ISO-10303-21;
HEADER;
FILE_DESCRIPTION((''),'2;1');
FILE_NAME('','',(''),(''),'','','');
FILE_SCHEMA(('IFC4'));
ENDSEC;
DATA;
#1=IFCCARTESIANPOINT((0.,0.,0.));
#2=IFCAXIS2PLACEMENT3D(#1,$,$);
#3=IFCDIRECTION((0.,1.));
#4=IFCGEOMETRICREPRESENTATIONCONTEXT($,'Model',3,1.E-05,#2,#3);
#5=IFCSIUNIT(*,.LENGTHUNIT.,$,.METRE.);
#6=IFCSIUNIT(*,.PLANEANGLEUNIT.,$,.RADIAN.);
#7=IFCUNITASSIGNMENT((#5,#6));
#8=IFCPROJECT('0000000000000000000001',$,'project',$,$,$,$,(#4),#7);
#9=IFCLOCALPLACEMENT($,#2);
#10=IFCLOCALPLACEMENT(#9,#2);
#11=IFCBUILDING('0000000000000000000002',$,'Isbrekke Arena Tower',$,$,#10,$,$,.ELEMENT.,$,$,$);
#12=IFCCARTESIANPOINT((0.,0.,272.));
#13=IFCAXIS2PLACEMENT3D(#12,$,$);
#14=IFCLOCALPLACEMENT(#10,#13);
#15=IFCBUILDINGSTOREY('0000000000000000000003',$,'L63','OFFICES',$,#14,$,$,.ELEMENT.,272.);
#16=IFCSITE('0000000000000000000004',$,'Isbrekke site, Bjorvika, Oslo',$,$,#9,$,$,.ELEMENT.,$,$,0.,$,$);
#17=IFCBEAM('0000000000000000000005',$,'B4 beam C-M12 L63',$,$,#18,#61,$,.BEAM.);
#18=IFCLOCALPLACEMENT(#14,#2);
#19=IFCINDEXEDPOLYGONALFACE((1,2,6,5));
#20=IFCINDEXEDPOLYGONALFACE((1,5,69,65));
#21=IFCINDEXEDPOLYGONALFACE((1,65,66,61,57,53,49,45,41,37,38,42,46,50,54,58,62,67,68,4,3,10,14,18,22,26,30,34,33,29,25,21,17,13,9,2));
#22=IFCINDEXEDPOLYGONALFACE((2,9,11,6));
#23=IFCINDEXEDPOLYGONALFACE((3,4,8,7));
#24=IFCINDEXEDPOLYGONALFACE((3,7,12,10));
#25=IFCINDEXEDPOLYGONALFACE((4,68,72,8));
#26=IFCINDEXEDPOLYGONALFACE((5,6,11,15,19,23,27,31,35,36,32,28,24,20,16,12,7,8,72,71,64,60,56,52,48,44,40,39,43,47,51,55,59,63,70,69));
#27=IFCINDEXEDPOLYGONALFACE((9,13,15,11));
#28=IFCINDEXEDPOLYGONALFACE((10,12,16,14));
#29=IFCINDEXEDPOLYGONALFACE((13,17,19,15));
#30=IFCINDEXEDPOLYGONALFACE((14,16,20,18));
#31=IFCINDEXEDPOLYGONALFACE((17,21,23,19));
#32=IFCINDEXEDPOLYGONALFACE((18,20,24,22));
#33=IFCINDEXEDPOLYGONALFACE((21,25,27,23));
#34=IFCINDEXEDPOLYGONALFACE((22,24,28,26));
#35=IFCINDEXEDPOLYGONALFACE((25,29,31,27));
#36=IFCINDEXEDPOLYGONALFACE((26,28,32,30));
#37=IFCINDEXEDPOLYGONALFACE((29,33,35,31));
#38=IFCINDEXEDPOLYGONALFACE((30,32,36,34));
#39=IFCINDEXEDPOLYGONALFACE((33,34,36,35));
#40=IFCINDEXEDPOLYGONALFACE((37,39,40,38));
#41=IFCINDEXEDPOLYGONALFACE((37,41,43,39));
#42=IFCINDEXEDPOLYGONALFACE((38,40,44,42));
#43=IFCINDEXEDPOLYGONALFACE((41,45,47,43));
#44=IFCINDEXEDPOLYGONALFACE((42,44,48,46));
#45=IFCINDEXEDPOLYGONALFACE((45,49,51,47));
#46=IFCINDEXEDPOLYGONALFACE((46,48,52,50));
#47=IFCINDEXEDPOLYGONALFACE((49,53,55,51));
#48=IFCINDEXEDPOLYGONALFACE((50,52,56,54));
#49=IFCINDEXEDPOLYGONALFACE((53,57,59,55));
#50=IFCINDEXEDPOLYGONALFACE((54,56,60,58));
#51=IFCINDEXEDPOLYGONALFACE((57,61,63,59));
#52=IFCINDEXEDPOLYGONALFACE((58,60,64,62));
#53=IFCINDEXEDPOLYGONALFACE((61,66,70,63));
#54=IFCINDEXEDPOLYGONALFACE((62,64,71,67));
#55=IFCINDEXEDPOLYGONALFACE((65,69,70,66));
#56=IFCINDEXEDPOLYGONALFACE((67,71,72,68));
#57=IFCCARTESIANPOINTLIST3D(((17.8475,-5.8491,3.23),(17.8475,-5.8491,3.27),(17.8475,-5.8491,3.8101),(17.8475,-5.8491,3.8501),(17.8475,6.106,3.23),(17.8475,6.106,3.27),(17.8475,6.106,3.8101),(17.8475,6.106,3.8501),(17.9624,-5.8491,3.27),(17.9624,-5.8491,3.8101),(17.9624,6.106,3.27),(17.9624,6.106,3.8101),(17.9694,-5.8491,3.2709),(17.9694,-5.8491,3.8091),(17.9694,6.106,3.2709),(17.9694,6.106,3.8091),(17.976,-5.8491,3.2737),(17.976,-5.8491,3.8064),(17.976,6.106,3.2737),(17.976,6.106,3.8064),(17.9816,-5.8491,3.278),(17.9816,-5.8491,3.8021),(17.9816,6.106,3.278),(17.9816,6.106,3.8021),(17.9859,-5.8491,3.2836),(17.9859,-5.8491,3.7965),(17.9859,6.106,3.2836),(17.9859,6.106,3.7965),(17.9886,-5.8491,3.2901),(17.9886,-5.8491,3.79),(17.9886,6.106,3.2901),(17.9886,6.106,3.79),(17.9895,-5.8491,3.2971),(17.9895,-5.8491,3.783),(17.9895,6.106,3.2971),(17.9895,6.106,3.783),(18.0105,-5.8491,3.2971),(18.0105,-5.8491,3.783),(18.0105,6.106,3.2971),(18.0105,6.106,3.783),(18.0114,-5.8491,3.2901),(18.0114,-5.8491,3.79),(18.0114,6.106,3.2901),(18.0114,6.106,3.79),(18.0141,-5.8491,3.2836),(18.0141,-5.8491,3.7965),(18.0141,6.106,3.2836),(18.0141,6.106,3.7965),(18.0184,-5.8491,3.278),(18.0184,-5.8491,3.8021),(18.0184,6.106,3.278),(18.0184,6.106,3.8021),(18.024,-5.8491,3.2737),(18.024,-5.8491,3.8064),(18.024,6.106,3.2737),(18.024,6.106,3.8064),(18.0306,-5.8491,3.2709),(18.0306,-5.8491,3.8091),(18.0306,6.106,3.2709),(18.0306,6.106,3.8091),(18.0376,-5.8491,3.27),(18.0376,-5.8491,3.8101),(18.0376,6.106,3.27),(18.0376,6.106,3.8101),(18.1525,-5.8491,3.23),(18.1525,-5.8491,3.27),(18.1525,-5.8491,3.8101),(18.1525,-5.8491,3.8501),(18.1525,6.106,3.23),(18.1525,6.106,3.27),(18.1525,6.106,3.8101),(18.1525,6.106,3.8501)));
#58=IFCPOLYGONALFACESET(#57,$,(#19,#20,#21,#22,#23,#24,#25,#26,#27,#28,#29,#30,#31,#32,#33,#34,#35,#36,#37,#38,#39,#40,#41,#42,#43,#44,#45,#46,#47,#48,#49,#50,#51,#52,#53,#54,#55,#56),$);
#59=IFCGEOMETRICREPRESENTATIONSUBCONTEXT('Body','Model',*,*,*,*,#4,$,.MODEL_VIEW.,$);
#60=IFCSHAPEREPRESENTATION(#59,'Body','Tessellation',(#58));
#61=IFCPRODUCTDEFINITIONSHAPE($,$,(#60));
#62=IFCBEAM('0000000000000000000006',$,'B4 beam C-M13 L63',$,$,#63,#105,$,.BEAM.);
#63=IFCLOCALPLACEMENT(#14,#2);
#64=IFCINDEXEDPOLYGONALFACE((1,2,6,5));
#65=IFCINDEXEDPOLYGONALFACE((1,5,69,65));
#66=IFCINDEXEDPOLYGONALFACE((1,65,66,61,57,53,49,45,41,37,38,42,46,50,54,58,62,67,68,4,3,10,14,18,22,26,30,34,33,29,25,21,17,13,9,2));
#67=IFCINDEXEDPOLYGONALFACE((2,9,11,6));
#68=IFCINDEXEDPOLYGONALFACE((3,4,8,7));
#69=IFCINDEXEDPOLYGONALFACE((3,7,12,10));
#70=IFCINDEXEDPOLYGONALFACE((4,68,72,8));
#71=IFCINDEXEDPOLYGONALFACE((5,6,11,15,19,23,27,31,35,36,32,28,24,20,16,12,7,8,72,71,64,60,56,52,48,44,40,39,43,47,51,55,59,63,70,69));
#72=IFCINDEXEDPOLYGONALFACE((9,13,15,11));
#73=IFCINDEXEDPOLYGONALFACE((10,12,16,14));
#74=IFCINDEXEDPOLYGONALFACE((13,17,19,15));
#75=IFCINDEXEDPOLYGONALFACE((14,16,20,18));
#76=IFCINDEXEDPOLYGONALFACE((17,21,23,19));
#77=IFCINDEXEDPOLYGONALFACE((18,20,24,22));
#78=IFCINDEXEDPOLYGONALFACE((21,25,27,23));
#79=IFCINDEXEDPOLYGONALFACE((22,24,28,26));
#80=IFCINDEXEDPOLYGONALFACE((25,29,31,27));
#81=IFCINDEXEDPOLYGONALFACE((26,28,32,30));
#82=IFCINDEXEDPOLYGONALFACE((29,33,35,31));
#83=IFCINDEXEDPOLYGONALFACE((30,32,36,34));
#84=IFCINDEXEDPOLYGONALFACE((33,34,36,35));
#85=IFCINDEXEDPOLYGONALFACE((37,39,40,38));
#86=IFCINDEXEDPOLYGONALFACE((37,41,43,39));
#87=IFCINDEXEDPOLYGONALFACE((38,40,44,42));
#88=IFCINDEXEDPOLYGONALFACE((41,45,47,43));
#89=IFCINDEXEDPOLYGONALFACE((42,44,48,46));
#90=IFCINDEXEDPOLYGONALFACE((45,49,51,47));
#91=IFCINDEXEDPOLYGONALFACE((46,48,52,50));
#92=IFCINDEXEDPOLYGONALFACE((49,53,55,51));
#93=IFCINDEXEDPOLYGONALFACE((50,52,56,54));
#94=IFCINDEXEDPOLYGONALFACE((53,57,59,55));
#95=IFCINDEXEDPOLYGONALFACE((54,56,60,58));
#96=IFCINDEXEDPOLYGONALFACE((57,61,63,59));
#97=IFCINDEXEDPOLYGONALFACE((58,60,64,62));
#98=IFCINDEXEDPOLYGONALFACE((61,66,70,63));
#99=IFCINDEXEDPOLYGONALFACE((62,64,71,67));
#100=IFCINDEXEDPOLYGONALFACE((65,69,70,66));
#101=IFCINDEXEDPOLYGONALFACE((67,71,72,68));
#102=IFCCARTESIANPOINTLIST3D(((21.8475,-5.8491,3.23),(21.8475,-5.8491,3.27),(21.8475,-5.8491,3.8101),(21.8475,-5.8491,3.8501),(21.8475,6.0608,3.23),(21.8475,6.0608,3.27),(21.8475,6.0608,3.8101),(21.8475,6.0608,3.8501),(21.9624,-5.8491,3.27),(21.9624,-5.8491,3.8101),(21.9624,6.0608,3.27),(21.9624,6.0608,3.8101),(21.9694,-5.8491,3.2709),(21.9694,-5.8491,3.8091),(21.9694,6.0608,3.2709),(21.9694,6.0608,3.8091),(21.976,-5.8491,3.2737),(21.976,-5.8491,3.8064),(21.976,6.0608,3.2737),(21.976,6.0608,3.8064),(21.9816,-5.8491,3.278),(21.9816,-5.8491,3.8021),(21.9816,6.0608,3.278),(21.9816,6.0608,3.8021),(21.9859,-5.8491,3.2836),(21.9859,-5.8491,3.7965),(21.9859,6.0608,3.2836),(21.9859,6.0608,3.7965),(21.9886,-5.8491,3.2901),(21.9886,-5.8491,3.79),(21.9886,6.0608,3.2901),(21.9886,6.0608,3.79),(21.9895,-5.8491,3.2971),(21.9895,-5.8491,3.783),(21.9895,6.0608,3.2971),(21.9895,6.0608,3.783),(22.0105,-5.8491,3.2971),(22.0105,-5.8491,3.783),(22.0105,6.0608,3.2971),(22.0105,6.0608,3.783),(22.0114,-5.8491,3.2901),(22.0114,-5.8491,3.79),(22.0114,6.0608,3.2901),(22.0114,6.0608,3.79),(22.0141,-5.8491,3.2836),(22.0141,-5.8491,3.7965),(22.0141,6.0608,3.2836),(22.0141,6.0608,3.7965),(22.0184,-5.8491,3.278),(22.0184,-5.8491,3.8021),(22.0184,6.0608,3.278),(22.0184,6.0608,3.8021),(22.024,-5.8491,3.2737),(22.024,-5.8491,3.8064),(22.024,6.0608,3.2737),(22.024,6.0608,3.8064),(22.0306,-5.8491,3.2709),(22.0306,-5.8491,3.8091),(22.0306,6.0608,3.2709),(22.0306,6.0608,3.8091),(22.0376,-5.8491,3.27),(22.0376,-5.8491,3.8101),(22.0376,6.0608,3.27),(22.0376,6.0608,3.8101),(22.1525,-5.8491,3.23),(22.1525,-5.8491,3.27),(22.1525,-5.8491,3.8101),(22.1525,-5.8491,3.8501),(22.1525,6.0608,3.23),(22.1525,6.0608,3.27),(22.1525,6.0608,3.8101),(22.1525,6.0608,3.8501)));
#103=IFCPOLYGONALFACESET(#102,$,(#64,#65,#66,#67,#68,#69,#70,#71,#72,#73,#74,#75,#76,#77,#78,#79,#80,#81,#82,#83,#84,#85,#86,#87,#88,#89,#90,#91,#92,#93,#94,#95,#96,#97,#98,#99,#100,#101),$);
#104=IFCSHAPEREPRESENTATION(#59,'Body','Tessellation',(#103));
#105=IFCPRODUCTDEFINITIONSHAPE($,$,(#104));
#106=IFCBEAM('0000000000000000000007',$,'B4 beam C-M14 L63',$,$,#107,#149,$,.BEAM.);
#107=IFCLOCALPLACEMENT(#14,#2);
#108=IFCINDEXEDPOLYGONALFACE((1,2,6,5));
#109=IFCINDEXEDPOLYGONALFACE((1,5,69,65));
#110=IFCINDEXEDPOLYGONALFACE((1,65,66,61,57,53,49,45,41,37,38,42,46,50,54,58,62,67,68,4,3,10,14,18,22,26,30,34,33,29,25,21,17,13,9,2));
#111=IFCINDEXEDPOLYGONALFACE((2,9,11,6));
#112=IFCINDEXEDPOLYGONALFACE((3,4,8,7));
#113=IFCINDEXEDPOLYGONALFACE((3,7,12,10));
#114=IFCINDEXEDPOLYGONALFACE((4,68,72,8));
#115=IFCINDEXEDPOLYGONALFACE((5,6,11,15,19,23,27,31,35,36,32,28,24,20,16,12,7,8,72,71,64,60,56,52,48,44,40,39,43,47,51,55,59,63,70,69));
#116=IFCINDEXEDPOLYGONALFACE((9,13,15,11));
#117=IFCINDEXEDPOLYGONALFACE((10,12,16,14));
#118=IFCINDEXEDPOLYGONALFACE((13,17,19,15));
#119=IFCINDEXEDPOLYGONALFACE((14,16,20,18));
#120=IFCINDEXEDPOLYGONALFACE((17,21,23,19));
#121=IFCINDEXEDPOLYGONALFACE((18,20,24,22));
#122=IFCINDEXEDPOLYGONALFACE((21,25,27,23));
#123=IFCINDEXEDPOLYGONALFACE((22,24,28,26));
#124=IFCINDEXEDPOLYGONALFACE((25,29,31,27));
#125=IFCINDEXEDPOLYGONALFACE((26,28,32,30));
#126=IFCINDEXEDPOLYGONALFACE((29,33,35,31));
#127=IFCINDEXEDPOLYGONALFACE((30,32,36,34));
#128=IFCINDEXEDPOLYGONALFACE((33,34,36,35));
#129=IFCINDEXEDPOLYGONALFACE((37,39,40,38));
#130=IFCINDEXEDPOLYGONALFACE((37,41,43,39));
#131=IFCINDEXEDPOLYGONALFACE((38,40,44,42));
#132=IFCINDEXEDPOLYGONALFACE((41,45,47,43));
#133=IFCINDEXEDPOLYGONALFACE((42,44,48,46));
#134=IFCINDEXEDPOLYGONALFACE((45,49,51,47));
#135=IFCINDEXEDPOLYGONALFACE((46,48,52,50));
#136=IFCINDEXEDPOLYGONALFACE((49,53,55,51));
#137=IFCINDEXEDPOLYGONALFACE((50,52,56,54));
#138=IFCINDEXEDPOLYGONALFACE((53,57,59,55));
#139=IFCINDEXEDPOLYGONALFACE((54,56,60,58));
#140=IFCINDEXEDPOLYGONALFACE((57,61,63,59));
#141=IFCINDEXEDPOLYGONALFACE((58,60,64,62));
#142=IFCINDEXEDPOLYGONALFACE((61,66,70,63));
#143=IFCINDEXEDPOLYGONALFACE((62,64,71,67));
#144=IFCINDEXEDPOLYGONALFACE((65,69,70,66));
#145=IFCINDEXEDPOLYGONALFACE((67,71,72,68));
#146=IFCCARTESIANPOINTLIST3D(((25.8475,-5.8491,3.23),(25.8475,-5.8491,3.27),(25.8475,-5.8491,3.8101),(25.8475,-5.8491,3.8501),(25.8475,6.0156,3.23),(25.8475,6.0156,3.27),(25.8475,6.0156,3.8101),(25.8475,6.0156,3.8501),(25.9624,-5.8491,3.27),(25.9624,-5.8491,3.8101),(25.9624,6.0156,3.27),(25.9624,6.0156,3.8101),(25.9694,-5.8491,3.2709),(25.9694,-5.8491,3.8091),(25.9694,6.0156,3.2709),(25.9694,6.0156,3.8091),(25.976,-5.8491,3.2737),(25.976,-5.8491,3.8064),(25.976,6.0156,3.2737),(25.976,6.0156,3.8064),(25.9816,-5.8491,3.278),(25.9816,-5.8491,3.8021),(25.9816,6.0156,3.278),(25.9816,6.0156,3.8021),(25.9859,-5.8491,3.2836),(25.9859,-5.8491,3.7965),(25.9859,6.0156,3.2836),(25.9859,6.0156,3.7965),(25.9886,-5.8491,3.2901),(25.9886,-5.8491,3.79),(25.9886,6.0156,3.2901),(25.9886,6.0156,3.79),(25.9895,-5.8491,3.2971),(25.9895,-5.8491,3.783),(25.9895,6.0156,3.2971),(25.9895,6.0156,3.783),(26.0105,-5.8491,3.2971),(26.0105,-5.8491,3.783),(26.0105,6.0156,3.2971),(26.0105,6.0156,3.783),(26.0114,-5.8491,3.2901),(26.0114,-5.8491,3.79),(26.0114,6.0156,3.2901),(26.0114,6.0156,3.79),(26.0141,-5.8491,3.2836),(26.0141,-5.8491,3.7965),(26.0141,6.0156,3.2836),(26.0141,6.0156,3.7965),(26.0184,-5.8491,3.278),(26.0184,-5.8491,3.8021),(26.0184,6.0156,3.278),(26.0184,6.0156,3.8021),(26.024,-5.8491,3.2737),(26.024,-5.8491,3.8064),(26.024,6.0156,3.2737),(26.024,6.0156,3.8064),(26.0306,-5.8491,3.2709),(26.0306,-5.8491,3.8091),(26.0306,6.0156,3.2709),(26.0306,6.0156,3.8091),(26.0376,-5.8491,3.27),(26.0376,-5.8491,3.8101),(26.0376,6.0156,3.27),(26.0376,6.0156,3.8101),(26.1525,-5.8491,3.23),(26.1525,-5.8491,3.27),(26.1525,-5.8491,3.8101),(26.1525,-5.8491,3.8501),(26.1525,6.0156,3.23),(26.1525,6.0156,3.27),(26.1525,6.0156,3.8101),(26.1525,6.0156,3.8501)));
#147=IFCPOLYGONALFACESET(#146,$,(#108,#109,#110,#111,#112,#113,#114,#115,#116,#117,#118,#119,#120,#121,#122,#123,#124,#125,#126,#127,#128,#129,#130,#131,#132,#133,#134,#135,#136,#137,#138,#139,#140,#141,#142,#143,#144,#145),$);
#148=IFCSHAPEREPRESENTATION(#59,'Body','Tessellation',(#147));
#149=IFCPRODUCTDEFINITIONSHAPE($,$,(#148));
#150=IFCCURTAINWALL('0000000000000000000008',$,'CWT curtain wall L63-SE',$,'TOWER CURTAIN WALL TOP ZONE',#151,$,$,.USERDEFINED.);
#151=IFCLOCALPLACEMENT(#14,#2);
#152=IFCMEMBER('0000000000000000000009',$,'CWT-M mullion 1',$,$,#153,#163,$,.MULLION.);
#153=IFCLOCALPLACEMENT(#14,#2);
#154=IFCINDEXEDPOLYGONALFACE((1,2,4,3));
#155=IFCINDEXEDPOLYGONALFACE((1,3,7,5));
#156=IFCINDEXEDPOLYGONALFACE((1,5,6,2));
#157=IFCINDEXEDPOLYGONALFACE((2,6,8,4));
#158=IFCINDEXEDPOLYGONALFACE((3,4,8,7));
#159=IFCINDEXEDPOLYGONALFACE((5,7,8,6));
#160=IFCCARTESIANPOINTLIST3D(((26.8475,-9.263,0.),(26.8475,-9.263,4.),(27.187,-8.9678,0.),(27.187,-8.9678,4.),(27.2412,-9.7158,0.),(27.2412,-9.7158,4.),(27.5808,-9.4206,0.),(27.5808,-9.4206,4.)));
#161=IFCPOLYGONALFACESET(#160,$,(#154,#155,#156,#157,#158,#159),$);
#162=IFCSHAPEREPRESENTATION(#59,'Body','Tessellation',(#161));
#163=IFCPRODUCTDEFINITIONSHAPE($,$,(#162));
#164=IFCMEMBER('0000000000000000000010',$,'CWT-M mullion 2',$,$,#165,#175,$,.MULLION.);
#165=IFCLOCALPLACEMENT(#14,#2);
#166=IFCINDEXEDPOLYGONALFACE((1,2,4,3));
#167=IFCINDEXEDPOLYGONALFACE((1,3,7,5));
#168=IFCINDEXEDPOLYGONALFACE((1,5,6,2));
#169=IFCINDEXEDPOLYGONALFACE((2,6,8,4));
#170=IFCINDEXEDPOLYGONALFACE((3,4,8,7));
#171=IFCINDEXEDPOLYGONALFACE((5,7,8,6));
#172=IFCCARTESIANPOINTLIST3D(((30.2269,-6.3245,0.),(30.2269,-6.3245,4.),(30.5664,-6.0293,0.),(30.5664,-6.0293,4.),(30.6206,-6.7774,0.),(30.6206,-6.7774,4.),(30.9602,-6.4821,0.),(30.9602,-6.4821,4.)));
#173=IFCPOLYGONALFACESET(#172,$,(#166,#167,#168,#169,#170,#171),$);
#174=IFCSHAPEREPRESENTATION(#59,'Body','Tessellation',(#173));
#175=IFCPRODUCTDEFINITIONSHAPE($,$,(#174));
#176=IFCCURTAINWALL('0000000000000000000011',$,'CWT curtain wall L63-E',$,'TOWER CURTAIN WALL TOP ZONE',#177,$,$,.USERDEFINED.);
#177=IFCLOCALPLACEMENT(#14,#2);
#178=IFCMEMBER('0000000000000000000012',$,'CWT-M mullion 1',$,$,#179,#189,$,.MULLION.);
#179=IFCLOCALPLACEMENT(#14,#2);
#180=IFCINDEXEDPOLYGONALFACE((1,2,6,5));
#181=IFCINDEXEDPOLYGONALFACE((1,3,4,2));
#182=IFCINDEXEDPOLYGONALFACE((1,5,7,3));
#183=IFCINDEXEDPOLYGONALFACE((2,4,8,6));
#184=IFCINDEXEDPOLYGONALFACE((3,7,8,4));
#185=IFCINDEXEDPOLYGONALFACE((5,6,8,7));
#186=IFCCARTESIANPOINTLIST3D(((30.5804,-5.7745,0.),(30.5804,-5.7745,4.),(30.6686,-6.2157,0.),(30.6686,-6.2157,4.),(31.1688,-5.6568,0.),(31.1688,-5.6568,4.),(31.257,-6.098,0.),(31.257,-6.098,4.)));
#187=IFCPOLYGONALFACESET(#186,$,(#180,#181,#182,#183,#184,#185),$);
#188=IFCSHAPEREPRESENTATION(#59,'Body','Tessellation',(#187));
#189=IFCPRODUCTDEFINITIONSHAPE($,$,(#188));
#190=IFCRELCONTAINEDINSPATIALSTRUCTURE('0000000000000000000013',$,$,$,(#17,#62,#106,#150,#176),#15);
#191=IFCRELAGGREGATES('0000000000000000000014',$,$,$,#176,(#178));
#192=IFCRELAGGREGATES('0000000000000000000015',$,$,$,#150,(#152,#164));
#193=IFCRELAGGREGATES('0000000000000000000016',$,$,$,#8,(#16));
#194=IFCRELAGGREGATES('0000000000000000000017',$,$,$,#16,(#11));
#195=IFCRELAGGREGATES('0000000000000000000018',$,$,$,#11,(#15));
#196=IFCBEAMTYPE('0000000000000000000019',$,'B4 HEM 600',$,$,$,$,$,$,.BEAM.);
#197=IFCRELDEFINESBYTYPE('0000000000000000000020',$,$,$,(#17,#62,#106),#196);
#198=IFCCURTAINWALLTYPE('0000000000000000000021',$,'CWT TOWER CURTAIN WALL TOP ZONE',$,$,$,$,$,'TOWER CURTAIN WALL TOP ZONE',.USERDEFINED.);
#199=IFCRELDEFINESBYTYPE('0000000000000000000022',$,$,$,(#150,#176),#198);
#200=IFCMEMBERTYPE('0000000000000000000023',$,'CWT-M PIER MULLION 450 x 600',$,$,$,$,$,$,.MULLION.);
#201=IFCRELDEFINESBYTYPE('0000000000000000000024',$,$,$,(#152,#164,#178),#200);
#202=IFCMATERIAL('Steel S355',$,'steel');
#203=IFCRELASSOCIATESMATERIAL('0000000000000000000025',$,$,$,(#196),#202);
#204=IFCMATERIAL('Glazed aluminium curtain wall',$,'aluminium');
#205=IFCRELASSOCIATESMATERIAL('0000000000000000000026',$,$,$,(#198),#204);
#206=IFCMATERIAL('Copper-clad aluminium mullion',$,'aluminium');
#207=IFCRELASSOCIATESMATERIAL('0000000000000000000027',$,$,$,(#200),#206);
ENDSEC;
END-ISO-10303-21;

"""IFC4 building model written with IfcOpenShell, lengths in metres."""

from ifc_helpers import new_model, si_unit, direction, frame, origin, origin_2d, place, context, subcontext, project, spatial, rectangle, i_section, extrude, material, material_profile, profile_set, type_object, element, aggregate, save


model = new_model("IFC4")

# Units and contexts
model_context = context("Model", 3, precision=1e-05, world=origin(), true_north=direction((0.0, 1.0)))
body_context = subcontext(model_context, "Body", "Model", "MODEL_VIEW")
ifc_project = project(units=[si_unit("LENGTHUNIT", "METRE"), si_unit("PLANEANGLEUNIT", "RADIAN")], contexts=[model_context])

# Site, building, storey
site_placement = place(None, origin())
site = spatial("IfcSite", under=ifc_project, at=site_placement, Name="Isbrekke site, Bjorvika, Oslo", CompositionType="ELEMENT", RefElevation=0.0)
building_placement = place(site_placement, origin())
building = spatial("IfcBuilding", under=site, at=building_placement, Name="Isbrekke Arena Tower", CompositionType="ELEMENT")
storey_placement = place(building_placement, frame((0.0, 0.0, 272.0)))
storey = spatial("IfcBuildingStorey", under=building, at=storey_placement, Name="L63", Description="OFFICES", CompositionType="ELEMENT", Elevation=272.0)

# Beams
ifc_material_1 = material(Name="Steel S355", Category="steel")
ifc_material_profile_1 = material_profile(ifc_material_1, i_section(OverallWidth=0.3049, OverallDepth=0.6201, WebThickness=0.021, FlangeThickness=0.04, FilletRadius=0.0271, at=origin_2d()), Name="HEM 600")
ifc_profile_set_1 = profile_set([ifc_material_profile_1], Name="Steel S355")
beam_type_1 = type_object("IfcBeamType", Name="B4 HEM 600", PredefinedType="BEAM", material=ifc_profile_set_1)
beam_1_placement = place(storey_placement, frame((18.0, -5.8491, 3.54), z_axis=(0.0, 1.0, 0.0), x_axis=(-1.0, 0.0, 0.0)))
element("IfcBeam", 1, at=beam_1_placement, inside=storey, type_object=beam_type_1, Name="B4 beam C-M12 L63", PredefinedType="BEAM", context=body_context, shape_type="SweptSolid", body=[
    extrude(i_section(OverallWidth=0.3049, OverallDepth=0.6201, WebThickness=0.021, FlangeThickness=0.04, FilletRadius=0.0271, at=origin_2d()), origin(), (0.0, 0.0, 1.0), 11.9551),
])
beam_2_placement = place(storey_placement, frame((22.0, -5.8491, 3.54), z_axis=(0.0, 1.0, 0.0), x_axis=(-1.0, 0.0, 0.0)))
element("IfcBeam", 2, at=beam_2_placement, inside=storey, type_object=beam_type_1, Name="B4 beam C-M13 L63", PredefinedType="BEAM", context=body_context, shape_type="SweptSolid", body=[
    extrude(i_section(OverallWidth=0.3049, OverallDepth=0.6201, WebThickness=0.021, FlangeThickness=0.04, FilletRadius=0.0271, at=origin_2d()), origin(), (0.0, 0.0, 1.0), 11.9099),
])
beam_3_placement = place(storey_placement, frame((26.0, -5.8491, 3.54), z_axis=(0.0, 1.0, 0.0), x_axis=(-1.0, 0.0, 0.0)))
element("IfcBeam", 3, at=beam_3_placement, inside=storey, type_object=beam_type_1, Name="B4 beam C-M14 L63", PredefinedType="BEAM", context=body_context, shape_type="SweptSolid", body=[
    extrude(i_section(OverallWidth=0.3049, OverallDepth=0.6201, WebThickness=0.021, FlangeThickness=0.04, FilletRadius=0.0271, at=origin_2d()), origin(), (0.0, 0.0, 1.0), 11.8647),
])

# Curtain wall, members
ifc_material_2 = material(Name="Glazed aluminium curtain wall", Category="aluminium")
curtain_wall_type = type_object("IfcCurtainWallType", Name="CWT TOWER CURTAIN WALL TOP ZONE", ElementType="TOWER CURTAIN WALL TOP ZONE", PredefinedType="USERDEFINED", material=ifc_material_2)
curtain_wall_1_placement = place(storey_placement, origin())
curtain_wall_1 = element("IfcCurtainWall", 4, at=curtain_wall_1_placement, inside=storey, type_object=curtain_wall_type, Name="CWT curtain wall L63-SE", ObjectType="TOWER CURTAIN WALL TOP ZONE", PredefinedType="USERDEFINED")
ifc_material_3 = material(Name="Copper-clad aluminium mullion", Category="aluminium")
ifc_material_profile_2 = material_profile(ifc_material_3, rectangle(XDim=0.45, YDim=0.6001, at=origin_2d()), Name="PIER 450X600")
ifc_profile_set_2 = profile_set([ifc_material_profile_2], Name="Copper-clad aluminium mullion")
member_type_1 = type_object("IfcMemberType", Name="CWT-M PIER MULLION 450 x 600", PredefinedType="MULLION", material=ifc_profile_set_2)
member_1_placement = place(storey_placement, frame((27.2141, -9.3418, 0.0), z_axis=(0.0, 0.0, 1.0), x_axis=(0.754606, 0.656179, 0.0)))
member_1 = element("IfcMember", 5, at=member_1_placement, type_object=member_type_1, Name="CWT-M mullion 1", PredefinedType="MULLION", context=body_context, shape_type="SweptSolid", body=[
    extrude(rectangle(XDim=0.45, YDim=0.6001, at=origin_2d()), origin(), (0.0, 0.0, 1.0), 4.0),
])
member_2_placement = place(storey_placement, frame((30.5935, -6.4033, 0.0), z_axis=(0.0, 0.0, 1.0), x_axis=(0.754606, 0.656179, 0.0)))
member_2 = element("IfcMember", 6, at=member_2_placement, type_object=member_type_1, Name="CWT-M mullion 2", PredefinedType="MULLION", context=body_context, shape_type="SweptSolid", body=[
    extrude(rectangle(XDim=0.45, YDim=0.6001, at=origin_2d()), origin(), (0.0, 0.0, 1.0), 4.0),
])

# Curtain wall, member
curtain_wall_2_placement = place(storey_placement, origin())
curtain_wall_2 = element("IfcCurtainWall", 7, at=curtain_wall_2_placement, inside=storey, type_object=curtain_wall_type, Name="CWT curtain wall L63-E", ObjectType="TOWER CURTAIN WALL TOP ZONE", PredefinedType="USERDEFINED")
member_3_placement = place(storey_placement, frame((30.9187, -5.9363, 0.0), z_axis=(0.0, 0.0, 1.0), x_axis=(-0.196116, 0.980581, 0.0)))
member_3 = element("IfcMember", 8, at=member_3_placement, type_object=member_type_1, Name="CWT-M mullion 1", PredefinedType="MULLION", context=body_context, shape_type="SweptSolid", body=[
    extrude(rectangle(XDim=0.45, YDim=0.6001, at=origin_2d()), origin(), (0.0, 0.0, 1.0), 4.0),
])

aggregate(curtain_wall_2, [member_3])

aggregate(curtain_wall_1, [member_1, member_2])

save(model, "model.ifc")
